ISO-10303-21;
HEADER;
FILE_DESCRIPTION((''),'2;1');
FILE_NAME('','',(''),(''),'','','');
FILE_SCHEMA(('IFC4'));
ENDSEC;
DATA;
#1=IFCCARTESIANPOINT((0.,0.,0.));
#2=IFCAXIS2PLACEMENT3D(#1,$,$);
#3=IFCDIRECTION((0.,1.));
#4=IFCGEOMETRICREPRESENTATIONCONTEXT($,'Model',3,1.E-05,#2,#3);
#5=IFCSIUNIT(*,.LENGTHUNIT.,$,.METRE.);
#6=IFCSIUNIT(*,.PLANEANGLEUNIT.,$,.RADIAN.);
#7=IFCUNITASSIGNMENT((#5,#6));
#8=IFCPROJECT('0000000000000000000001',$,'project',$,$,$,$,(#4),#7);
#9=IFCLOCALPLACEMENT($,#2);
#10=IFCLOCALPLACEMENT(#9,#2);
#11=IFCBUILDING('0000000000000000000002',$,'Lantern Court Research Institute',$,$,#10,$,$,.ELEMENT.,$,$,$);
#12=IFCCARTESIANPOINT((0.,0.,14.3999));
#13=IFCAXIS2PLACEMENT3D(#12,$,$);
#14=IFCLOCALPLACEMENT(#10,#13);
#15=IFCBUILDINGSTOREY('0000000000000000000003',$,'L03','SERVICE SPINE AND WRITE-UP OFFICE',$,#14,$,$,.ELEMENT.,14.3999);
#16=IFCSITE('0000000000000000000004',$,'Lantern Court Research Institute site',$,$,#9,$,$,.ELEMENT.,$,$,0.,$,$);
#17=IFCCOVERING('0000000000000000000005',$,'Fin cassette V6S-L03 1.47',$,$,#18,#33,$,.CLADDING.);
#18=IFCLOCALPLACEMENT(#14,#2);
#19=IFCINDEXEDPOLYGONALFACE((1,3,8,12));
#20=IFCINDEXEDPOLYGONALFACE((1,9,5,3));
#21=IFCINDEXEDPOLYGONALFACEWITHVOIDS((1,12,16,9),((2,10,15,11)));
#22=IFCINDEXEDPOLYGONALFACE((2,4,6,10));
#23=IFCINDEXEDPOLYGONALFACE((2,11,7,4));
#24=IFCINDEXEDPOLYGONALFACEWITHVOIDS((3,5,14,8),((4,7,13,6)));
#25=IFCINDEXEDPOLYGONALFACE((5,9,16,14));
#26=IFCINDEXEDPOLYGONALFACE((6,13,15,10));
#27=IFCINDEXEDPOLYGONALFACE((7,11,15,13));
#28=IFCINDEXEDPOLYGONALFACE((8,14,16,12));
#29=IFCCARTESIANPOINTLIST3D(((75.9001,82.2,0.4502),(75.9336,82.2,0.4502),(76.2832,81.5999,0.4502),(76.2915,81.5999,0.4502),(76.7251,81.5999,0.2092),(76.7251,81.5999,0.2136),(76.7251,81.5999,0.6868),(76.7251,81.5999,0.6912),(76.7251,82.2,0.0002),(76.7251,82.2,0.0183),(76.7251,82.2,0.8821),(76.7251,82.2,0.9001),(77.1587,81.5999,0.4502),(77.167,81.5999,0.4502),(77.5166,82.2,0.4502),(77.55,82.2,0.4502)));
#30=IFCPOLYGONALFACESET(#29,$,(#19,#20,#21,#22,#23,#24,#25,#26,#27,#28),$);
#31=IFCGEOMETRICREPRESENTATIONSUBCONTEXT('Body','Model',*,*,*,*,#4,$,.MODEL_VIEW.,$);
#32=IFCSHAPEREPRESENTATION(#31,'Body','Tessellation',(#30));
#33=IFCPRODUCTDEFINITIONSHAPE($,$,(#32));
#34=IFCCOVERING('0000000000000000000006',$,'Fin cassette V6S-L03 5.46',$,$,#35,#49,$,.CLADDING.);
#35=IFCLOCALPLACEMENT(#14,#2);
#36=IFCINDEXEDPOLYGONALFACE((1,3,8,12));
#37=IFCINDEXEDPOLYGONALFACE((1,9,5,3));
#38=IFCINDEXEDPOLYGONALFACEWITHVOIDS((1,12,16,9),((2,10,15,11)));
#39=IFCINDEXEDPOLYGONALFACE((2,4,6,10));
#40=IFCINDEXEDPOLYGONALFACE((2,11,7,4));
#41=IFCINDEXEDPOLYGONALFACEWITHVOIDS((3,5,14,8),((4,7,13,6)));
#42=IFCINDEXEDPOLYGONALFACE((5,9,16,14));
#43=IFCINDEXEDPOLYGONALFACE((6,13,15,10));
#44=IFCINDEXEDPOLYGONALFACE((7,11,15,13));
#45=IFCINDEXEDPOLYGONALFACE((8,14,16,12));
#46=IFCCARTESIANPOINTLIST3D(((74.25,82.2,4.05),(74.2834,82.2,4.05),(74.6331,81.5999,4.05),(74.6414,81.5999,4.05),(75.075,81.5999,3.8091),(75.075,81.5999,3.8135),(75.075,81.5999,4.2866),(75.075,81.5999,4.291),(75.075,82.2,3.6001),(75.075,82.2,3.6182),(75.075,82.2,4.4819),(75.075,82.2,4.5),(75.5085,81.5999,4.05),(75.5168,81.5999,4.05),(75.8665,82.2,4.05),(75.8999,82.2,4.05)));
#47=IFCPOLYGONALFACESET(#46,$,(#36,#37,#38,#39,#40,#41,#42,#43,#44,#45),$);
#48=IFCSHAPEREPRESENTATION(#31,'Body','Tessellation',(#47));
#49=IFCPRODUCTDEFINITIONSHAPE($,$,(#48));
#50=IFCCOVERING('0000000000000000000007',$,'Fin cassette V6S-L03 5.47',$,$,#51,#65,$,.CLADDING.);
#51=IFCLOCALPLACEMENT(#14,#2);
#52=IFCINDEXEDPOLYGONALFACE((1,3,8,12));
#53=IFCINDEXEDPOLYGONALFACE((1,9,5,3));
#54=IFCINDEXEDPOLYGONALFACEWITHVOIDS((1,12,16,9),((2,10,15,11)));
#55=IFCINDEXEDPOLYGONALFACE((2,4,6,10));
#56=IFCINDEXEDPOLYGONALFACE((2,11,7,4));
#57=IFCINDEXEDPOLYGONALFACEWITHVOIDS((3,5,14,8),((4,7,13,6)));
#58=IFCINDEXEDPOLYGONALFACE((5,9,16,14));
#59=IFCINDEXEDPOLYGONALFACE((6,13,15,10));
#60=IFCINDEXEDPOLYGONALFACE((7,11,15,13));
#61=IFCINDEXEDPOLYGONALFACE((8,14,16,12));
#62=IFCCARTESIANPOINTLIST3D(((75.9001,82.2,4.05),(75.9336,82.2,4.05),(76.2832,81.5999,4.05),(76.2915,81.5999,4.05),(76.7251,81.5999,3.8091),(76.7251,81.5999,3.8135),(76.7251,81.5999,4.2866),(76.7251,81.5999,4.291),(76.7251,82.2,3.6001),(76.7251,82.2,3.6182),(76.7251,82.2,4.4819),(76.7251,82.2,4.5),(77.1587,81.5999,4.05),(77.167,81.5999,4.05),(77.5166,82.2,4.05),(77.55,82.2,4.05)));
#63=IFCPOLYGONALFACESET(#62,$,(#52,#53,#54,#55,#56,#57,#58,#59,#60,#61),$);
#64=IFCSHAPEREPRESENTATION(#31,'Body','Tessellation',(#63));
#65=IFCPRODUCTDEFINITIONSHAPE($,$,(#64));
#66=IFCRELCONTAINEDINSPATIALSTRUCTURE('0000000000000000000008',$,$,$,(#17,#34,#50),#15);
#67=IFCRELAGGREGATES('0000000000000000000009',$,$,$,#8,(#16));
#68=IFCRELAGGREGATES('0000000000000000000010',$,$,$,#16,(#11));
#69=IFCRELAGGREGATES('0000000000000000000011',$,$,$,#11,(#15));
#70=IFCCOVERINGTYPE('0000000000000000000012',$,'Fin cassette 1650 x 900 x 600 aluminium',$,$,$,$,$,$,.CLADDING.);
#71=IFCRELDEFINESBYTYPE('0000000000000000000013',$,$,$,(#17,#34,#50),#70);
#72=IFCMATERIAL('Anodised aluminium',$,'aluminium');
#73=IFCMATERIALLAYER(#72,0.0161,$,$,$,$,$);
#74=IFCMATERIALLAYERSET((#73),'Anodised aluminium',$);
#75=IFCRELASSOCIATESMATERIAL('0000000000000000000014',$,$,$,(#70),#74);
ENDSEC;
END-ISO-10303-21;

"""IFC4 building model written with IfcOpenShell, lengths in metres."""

from ifc_helpers import new_model, entity, si_unit, direction, frame, origin, place, context, subcontext, project, spatial, material, layer, layer_set, type_object, element, save


model = new_model("IFC4")

# Units and contexts
model_context = context("Model", 3, precision=1e-05, world=origin(), true_north=direction((0.0, 1.0)))
body_context = subcontext(model_context, "Body", "Model", "MODEL_VIEW")
ifc_project = project(units=[si_unit("LENGTHUNIT", "METRE"), si_unit("PLANEANGLEUNIT", "RADIAN")], contexts=[model_context])

# Site, building, storey
site_placement = place(None, origin())
site = spatial("IfcSite", under=ifc_project, at=site_placement, Name="Lantern Court Research Institute site", CompositionType="ELEMENT", RefElevation=0.0)
building_placement = place(site_placement, origin())
building = spatial("IfcBuilding", under=site, at=building_placement, Name="Lantern Court Research Institute", CompositionType="ELEMENT")
storey_placement = place(building_placement, frame((0.0, 0.0, 14.3999)))
storey = spatial("IfcBuildingStorey", under=building, at=storey_placement, Name="L03", Description="SERVICE SPINE AND WRITE-UP OFFICE", CompositionType="ELEMENT", Elevation=14.3999)

# Coverings
ifc_material_1 = material(Name="Anodised aluminium", Category="aluminium")
ifc_layer_1 = layer(ifc_material_1, 0.0161)
ifc_layer_set_1 = layer_set([ifc_layer_1], Name="Anodised aluminium")
covering_type_1 = type_object("IfcCoveringType", Name="Fin cassette 1650 x 900 x 600 aluminium", PredefinedType="CLADDING", material=ifc_layer_set_1)
covering_1_placement = place(storey_placement, frame((76.7251, 82.2, 0.4502), z_axis=(0.0, -1.0, 0.0), x_axis=(1.0, 0.0, 0.0)))
cartesian_point_1 = entity("IfcCartesianPoint", [0.825, 0.0])
cartesian_point_2 = entity("IfcCartesianPoint", [0.7915, 0.0])
cartesian_point_3 = entity("IfcCartesianPoint", [0.4419, 0.0])
cartesian_point_4 = entity("IfcCartesianPoint", [0.4336, 0.0])
element("IfcCovering", 1, at=covering_1_placement, inside=storey, type_object=covering_type_1, Name="Fin cassette V6S-L03 1.47", PredefinedType="CLADDING", context=body_context, shape_type="SweptSolid", body=[
    entity("IfcExtrudedAreaSolidTapered", entity("IfcArbitraryProfileDefWithVoids", "AREA", None, entity("IfcPolyline", [cartesian_point_1, entity("IfcCartesianPoint", [0.0, 0.45]), entity("IfcCartesianPoint", [-0.825, 0.0]), entity("IfcCartesianPoint", [0.0, -0.45]), cartesian_point_1]), [entity("IfcPolyline", [cartesian_point_2, entity("IfcCartesianPoint", [0.0, 0.4319]), entity("IfcCartesianPoint", [-0.7915, 0.0]), entity("IfcCartesianPoint", [0.0, -0.4319]), cartesian_point_2])]), entity("IfcAxis2Placement3D", entity("IfcCartesianPoint", [0.0, 0.0, 0.0])), entity("IfcDirection", [0.0, 0.0, 1.0]), 0.6001, entity("IfcArbitraryProfileDefWithVoids", "AREA", None, entity("IfcPolyline", [cartesian_point_3, entity("IfcCartesianPoint", [0.0, 0.241]), entity("IfcCartesianPoint", [-0.4419, 0.0]), entity("IfcCartesianPoint", [0.0, -0.241]), cartesian_point_3]), [entity("IfcPolyline", [cartesian_point_4, entity("IfcCartesianPoint", [0.0, 0.2366]), entity("IfcCartesianPoint", [-0.4336, 0.0]), entity("IfcCartesianPoint", [0.0, -0.2366]), cartesian_point_4])])),
])
covering_2_placement = place(storey_placement, frame((75.075, 82.2, 4.05), z_axis=(0.0, -1.0, 0.0), x_axis=(1.0, 0.0, 0.0)))
cartesian_point_5 = entity("IfcCartesianPoint", [0.825, 0.0])
cartesian_point_6 = entity("IfcCartesianPoint", [0.7915, 0.0])
cartesian_point_7 = entity("IfcCartesianPoint", [0.4419, 0.0])
cartesian_point_8 = entity("IfcCartesianPoint", [0.4336, 0.0])
element("IfcCovering", 2, at=covering_2_placement, inside=storey, type_object=covering_type_1, Name="Fin cassette V6S-L03 5.46", PredefinedType="CLADDING", context=body_context, shape_type="SweptSolid", body=[
    entity("IfcExtrudedAreaSolidTapered", entity("IfcArbitraryProfileDefWithVoids", "AREA", None, entity("IfcPolyline", [cartesian_point_5, entity("IfcCartesianPoint", [0.0, 0.45]), entity("IfcCartesianPoint", [-0.825, 0.0]), entity("IfcCartesianPoint", [0.0, -0.45]), cartesian_point_5]), [entity("IfcPolyline", [cartesian_point_6, entity("IfcCartesianPoint", [0.0, 0.4319]), entity("IfcCartesianPoint", [-0.7915, 0.0]), entity("IfcCartesianPoint", [0.0, -0.4319]), cartesian_point_6])]), entity("IfcAxis2Placement3D", entity("IfcCartesianPoint", [0.0, 0.0, 0.0])), entity("IfcDirection", [0.0, 0.0, 1.0]), 0.6001, entity("IfcArbitraryProfileDefWithVoids", "AREA", None, entity("IfcPolyline", [cartesian_point_7, entity("IfcCartesianPoint", [0.0, 0.241]), entity("IfcCartesianPoint", [-0.4419, 0.0]), entity("IfcCartesianPoint", [0.0, -0.241]), cartesian_point_7]), [entity("IfcPolyline", [cartesian_point_8, entity("IfcCartesianPoint", [0.0, 0.2366]), entity("IfcCartesianPoint", [-0.4336, 0.0]), entity("IfcCartesianPoint", [0.0, -0.2366]), cartesian_point_8])])),
])
covering_3_placement = place(storey_placement, frame((76.7251, 82.2, 4.05), z_axis=(0.0, -1.0, 0.0), x_axis=(1.0, 0.0, 0.0)))
cartesian_point_9 = entity("IfcCartesianPoint", [0.825, 0.0])
cartesian_point_10 = entity("IfcCartesianPoint", [0.7915, 0.0])
cartesian_point_11 = entity("IfcCartesianPoint", [0.4419, 0.0])
cartesian_point_12 = entity("IfcCartesianPoint", [0.4336, 0.0])
element("IfcCovering", 3, at=covering_3_placement, inside=storey, type_object=covering_type_1, Name="Fin cassette V6S-L03 5.47", PredefinedType="CLADDING", context=body_context, shape_type="SweptSolid", body=[
    entity("IfcExtrudedAreaSolidTapered", entity("IfcArbitraryProfileDefWithVoids", "AREA", None, entity("IfcPolyline", [cartesian_point_9, entity("IfcCartesianPoint", [0.0, 0.45]), entity("IfcCartesianPoint", [-0.825, 0.0]), entity("IfcCartesianPoint", [0.0, -0.45]), cartesian_point_9]), [entity("IfcPolyline", [cartesian_point_10, entity("IfcCartesianPoint", [0.0, 0.4319]), entity("IfcCartesianPoint", [-0.7915, 0.0]), entity("IfcCartesianPoint", [0.0, -0.4319]), cartesian_point_10])]), entity("IfcAxis2Placement3D", entity("IfcCartesianPoint", [0.0, 0.0, 0.0])), entity("IfcDirection", [0.0, 0.0, 1.0]), 0.6001, entity("IfcArbitraryProfileDefWithVoids", "AREA", None, entity("IfcPolyline", [cartesian_point_11, entity("IfcCartesianPoint", [0.0, 0.241]), entity("IfcCartesianPoint", [-0.4419, 0.0]), entity("IfcCartesianPoint", [0.0, -0.241]), cartesian_point_11]), [entity("IfcPolyline", [cartesian_point_12, entity("IfcCartesianPoint", [0.0, 0.2366]), entity("IfcCartesianPoint", [-0.4336, 0.0]), entity("IfcCartesianPoint", [0.0, -0.2366]), cartesian_point_12])])),
])

save(model, "model.ifc")
